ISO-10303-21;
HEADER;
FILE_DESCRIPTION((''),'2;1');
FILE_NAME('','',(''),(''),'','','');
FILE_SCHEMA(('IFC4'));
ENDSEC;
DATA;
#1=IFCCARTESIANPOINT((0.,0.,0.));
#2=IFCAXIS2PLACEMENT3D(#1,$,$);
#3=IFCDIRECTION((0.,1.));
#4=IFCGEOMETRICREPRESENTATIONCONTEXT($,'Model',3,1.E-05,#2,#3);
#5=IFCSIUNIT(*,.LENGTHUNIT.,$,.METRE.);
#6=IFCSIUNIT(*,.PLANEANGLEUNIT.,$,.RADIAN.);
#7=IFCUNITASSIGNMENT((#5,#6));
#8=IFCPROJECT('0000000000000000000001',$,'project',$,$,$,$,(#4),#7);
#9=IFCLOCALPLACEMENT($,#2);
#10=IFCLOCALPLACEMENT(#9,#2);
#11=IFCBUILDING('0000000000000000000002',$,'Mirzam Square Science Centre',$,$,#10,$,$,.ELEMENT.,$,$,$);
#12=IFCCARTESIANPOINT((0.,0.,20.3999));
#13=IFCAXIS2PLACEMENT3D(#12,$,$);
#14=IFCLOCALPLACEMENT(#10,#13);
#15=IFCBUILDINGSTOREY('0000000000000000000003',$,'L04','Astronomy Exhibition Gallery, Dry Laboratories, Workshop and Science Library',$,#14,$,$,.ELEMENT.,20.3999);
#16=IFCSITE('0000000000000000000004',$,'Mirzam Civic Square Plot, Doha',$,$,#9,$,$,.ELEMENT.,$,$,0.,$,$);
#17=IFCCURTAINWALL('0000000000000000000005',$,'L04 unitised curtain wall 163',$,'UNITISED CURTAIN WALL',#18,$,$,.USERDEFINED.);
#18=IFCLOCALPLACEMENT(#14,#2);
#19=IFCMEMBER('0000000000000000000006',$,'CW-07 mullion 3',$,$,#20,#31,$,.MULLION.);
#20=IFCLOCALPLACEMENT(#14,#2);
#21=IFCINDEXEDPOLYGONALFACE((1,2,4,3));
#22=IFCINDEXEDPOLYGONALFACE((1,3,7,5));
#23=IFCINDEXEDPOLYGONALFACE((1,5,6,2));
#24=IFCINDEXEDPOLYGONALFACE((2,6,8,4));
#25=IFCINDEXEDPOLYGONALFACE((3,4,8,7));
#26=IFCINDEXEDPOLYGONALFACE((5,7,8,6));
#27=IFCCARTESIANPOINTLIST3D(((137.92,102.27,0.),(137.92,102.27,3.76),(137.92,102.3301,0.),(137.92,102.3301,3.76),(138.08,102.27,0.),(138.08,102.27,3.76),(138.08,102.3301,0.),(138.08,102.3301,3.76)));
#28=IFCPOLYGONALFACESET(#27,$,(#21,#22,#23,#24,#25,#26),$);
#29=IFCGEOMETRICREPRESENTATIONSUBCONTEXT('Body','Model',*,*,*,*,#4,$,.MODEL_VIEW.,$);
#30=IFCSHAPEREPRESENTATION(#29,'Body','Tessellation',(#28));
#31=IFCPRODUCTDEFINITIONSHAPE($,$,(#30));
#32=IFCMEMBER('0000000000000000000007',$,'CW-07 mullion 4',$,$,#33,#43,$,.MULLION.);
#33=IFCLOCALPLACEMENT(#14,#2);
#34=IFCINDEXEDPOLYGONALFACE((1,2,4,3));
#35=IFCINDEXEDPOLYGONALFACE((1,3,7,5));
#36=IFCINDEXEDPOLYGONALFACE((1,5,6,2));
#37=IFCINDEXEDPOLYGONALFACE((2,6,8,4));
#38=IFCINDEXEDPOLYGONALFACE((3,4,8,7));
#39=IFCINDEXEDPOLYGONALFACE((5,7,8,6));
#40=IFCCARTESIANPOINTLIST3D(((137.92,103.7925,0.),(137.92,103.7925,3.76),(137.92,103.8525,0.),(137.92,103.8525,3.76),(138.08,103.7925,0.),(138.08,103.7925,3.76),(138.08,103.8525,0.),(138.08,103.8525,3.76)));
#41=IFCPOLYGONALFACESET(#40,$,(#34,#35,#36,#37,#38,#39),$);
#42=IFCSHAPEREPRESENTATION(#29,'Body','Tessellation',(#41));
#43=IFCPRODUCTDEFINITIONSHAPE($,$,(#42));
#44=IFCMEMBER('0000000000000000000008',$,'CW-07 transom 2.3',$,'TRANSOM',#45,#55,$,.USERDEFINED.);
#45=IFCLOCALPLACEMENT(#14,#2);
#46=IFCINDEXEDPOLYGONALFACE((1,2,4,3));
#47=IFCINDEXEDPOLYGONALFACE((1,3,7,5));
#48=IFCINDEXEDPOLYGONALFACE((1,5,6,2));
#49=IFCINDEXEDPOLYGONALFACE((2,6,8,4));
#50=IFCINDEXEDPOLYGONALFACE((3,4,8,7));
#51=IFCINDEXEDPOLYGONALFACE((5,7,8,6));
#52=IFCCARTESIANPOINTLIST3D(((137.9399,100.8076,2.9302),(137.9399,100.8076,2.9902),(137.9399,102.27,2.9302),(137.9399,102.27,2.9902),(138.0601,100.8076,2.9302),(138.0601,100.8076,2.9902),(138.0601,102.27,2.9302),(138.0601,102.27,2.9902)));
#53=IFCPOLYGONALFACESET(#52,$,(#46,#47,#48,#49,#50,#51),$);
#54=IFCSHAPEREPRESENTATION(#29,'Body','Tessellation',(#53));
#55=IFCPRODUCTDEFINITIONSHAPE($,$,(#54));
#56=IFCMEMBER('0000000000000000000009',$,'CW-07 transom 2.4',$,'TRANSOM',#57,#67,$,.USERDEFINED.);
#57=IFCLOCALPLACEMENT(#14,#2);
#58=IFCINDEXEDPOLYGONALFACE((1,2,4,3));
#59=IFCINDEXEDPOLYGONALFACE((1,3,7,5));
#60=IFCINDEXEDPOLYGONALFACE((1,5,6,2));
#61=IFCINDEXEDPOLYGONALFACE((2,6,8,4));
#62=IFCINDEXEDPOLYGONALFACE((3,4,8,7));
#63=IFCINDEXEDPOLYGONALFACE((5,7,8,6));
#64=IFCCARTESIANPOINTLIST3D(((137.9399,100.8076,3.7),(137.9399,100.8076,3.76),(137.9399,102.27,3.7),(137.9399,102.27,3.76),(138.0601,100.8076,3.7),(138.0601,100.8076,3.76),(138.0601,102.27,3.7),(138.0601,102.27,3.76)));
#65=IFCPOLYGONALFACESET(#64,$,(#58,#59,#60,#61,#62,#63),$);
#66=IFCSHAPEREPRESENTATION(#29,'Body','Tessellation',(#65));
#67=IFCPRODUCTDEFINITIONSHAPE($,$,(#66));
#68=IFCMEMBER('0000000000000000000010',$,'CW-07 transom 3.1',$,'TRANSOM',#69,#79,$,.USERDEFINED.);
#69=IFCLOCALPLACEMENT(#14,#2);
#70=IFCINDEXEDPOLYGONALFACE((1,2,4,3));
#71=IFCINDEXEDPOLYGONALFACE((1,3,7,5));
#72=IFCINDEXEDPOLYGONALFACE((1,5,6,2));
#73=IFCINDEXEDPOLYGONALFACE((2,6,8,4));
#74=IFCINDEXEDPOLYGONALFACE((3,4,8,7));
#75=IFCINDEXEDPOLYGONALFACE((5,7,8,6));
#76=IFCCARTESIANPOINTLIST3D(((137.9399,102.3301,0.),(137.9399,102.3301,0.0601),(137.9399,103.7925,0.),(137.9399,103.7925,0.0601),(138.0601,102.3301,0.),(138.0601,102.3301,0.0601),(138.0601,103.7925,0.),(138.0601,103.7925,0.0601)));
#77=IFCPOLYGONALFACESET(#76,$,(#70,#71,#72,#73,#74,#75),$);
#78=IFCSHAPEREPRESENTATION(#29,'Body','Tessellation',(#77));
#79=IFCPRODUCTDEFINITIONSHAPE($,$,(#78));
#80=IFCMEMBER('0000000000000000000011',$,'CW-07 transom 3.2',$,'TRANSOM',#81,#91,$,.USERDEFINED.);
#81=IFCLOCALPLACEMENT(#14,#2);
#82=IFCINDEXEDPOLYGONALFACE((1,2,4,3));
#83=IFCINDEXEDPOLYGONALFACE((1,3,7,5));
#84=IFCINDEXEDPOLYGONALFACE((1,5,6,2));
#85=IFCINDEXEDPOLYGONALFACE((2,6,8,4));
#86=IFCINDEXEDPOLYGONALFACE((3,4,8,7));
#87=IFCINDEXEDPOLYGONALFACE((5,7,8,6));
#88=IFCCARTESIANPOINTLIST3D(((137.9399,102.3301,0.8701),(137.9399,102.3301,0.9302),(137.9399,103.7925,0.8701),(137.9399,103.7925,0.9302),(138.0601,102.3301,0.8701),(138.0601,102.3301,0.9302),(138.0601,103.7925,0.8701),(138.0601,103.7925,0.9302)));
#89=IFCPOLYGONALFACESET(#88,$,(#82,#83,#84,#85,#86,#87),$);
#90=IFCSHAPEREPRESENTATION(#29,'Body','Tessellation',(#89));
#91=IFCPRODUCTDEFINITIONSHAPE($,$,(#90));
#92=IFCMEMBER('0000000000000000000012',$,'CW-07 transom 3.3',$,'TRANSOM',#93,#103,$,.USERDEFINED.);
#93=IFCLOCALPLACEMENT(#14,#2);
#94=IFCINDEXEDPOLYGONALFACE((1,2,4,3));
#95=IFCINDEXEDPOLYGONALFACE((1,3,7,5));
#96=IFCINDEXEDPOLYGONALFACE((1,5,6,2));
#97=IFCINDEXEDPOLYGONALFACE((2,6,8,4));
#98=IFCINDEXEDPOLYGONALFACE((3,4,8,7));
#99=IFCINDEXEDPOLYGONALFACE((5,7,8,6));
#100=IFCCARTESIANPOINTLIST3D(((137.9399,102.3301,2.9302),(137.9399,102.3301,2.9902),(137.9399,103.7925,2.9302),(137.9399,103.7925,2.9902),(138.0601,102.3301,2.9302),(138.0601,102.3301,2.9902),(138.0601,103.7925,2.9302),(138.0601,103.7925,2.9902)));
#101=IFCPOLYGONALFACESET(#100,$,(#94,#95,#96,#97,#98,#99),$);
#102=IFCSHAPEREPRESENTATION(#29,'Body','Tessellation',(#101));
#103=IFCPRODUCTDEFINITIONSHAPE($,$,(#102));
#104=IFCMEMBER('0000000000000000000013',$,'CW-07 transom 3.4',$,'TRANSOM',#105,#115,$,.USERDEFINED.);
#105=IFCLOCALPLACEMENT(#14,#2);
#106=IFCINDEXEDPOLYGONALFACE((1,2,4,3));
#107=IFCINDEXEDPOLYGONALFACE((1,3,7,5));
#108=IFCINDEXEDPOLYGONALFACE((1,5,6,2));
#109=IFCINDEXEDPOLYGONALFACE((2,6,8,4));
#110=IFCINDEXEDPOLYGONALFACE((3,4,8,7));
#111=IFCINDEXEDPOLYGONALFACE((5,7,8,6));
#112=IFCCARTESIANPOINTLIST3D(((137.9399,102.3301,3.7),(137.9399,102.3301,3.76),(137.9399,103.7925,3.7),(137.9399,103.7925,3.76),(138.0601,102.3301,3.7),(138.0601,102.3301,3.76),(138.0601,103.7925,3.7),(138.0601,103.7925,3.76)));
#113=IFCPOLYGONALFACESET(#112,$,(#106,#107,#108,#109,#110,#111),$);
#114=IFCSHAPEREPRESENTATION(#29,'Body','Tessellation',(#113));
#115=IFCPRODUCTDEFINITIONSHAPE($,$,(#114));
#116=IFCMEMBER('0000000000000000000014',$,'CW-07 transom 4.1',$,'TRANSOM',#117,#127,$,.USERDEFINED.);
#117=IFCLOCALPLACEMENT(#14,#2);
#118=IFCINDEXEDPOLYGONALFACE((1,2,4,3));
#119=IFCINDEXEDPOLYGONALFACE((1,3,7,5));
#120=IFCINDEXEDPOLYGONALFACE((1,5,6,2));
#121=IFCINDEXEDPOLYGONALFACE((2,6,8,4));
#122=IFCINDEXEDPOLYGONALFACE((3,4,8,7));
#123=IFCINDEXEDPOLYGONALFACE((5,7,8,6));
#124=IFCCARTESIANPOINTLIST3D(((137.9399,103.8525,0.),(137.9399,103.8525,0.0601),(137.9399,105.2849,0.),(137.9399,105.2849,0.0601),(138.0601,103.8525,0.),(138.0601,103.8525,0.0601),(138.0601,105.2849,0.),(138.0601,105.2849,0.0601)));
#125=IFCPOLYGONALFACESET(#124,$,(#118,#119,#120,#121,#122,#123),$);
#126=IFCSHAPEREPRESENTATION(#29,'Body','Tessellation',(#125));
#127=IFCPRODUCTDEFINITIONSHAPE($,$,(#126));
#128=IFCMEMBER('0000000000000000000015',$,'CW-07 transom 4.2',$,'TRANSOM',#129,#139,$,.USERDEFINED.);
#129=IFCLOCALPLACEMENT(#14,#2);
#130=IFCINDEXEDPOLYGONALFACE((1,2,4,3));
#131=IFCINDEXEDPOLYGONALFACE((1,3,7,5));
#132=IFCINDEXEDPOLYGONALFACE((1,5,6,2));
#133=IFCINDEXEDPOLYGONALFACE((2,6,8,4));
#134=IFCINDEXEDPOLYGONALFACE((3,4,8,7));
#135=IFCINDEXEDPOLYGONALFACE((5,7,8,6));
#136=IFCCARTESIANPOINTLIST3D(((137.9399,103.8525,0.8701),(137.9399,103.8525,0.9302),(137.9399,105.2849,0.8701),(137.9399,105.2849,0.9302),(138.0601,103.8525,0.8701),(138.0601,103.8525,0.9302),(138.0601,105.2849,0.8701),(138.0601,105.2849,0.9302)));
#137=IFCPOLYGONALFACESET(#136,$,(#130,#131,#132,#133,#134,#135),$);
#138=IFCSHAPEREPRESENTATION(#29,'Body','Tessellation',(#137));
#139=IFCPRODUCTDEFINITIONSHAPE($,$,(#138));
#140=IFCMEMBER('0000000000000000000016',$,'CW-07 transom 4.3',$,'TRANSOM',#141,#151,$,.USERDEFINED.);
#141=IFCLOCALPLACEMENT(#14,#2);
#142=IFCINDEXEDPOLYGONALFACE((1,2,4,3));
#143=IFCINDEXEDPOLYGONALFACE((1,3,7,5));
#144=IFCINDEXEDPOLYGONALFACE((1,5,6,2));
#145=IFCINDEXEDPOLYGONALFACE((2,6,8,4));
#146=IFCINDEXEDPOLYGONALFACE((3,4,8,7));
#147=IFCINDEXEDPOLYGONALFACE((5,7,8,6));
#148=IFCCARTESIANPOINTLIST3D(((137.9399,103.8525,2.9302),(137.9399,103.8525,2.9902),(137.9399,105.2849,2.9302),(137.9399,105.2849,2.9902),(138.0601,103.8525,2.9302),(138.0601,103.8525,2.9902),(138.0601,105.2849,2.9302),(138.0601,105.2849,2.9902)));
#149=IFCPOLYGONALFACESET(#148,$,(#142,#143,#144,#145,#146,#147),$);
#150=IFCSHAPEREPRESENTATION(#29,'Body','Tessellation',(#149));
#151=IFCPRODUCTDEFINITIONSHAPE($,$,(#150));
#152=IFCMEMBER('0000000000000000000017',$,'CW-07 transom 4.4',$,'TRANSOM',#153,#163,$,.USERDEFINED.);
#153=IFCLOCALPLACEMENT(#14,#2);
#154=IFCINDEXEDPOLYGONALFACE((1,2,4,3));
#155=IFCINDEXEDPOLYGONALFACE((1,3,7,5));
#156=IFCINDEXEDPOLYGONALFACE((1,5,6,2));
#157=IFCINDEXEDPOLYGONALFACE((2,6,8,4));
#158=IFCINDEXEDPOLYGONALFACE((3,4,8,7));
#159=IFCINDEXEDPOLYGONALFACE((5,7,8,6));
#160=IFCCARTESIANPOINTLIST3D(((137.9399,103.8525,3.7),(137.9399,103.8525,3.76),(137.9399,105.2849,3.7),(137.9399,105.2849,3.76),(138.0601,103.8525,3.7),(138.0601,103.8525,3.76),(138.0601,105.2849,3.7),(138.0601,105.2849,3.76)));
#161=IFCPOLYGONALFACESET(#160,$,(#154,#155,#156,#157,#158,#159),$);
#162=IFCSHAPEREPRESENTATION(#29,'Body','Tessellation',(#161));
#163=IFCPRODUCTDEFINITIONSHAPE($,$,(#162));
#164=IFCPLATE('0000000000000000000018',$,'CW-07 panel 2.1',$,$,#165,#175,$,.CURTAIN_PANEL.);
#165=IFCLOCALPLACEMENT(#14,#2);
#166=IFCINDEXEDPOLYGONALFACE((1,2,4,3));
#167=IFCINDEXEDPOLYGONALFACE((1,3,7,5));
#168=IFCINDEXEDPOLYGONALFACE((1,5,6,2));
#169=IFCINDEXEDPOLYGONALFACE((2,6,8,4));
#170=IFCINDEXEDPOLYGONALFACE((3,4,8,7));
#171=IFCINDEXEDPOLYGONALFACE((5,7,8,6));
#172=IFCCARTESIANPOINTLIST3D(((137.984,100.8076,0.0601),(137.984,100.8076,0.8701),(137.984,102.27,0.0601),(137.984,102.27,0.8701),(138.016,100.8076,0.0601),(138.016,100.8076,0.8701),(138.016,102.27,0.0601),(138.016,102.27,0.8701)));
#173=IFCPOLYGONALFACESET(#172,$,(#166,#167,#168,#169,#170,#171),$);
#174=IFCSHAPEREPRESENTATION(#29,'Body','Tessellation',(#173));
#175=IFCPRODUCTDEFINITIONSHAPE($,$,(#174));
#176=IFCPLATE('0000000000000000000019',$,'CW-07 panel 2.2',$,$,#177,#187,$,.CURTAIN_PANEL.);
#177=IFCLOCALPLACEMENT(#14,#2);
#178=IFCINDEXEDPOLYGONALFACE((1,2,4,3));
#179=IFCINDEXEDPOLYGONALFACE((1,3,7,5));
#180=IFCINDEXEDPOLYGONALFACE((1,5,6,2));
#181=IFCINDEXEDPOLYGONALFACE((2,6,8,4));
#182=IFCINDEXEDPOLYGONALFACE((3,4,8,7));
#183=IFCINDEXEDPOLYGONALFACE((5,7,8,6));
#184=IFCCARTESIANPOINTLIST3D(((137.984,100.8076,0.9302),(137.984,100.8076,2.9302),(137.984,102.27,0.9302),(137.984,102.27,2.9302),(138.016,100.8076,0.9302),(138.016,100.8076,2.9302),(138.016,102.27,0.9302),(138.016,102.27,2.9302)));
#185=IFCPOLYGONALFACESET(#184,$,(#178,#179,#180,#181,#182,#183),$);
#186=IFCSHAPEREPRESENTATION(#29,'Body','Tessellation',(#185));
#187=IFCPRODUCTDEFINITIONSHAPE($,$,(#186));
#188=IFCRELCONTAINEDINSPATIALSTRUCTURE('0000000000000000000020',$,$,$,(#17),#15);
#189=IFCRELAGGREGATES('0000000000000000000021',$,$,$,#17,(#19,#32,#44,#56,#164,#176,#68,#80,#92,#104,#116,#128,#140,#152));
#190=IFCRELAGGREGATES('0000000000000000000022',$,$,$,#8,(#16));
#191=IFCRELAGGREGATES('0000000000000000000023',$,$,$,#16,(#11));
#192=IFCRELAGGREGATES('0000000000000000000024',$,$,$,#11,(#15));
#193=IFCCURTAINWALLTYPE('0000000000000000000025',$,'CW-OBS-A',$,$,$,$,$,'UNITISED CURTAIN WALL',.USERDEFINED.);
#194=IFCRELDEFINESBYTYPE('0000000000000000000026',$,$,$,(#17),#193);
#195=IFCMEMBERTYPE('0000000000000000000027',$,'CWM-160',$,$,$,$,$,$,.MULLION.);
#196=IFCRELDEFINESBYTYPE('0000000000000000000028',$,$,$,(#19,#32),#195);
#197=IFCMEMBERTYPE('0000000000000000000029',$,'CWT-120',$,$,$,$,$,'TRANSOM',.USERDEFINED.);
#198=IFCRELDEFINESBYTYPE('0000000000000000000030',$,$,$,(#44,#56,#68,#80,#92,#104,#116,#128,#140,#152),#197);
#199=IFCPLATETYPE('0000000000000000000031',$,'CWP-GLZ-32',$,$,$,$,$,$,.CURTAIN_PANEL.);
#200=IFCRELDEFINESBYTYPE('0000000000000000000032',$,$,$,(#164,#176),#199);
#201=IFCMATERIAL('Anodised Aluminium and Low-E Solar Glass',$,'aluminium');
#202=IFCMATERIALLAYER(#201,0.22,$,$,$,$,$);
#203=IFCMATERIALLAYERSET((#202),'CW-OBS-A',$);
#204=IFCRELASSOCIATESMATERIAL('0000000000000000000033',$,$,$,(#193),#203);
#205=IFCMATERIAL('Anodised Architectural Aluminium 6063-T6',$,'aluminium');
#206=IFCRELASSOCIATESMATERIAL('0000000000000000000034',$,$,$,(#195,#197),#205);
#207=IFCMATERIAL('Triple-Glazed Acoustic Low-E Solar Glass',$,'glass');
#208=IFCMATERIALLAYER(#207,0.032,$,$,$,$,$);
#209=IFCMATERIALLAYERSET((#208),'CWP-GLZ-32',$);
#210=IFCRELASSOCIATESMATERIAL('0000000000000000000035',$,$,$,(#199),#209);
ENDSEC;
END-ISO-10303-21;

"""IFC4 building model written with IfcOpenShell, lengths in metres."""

from ifc_helpers import new_model, si_unit, direction, frame, origin, origin_2d, place, context, subcontext, project, spatial, rectangle, extrude, material, layer, layer_set, material_profile, profile_set, type_object, element, aggregate, save


model = new_model("IFC4")

# Units and contexts
model_context = context("Model", 3, precision=1e-05, world=origin(), true_north=direction((0.0, 1.0)))
body_context = subcontext(model_context, "Body", "Model", "MODEL_VIEW")
ifc_project = project(units=[si_unit("LENGTHUNIT", "METRE"), si_unit("PLANEANGLEUNIT", "RADIAN")], contexts=[model_context])

# Site, building, storey
site_placement = place(None, origin())
site = spatial("IfcSite", under=ifc_project, at=site_placement, Name="Mirzam Civic Square Plot, Doha", CompositionType="ELEMENT", RefElevation=0.0)
building_placement = place(site_placement, origin())
building = spatial("IfcBuilding", under=site, at=building_placement, Name="Mirzam Square Science Centre", CompositionType="ELEMENT")
storey_placement = place(building_placement, frame((0.0, 0.0, 20.3999)))
storey = spatial("IfcBuildingStorey", under=building, at=storey_placement, Name="L04", Description="Astronomy Exhibition Gallery, Dry Laboratories, Workshop and Science Library", CompositionType="ELEMENT", Elevation=20.3999)

# Curtain wall, members, plates
ifc_material_1 = material(Name="Anodised Aluminium and Low-E Solar Glass", Category="aluminium")
ifc_layer_1 = layer(ifc_material_1, 0.22)
ifc_layer_set_1 = layer_set([ifc_layer_1], Name="CW-OBS-A")
curtain_wall_type = type_object("IfcCurtainWallType", Name="CW-OBS-A", ElementType="UNITISED CURTAIN WALL", PredefinedType="USERDEFINED", material=ifc_layer_set_1)
curtain_wall_placement = place(storey_placement, origin())
curtain_wall = element("IfcCurtainWall", 1, at=curtain_wall_placement, inside=storey, type_object=curtain_wall_type, Name="L04 unitised curtain wall 163", ObjectType="UNITISED CURTAIN WALL", PredefinedType="USERDEFINED")
ifc_material_2 = material(Name="Anodised Architectural Aluminium 6063-T6", Category="aluminium")
ifc_material_profile_1 = material_profile(ifc_material_2, rectangle(XDim=0.0601, YDim=0.1599, at=origin_2d()), Name="ALU-MULL-160x60x4")
ifc_profile_set_1 = profile_set([ifc_material_profile_1], Name="Anodised Architectural Aluminium 6063-T6")
member_type_1 = type_object("IfcMemberType", Name="CWM-160", PredefinedType="MULLION", material=ifc_profile_set_1)
member_1_placement = place(storey_placement, frame((138.0, 102.3, 0.0), z_axis=(0.0, 0.0, 1.0), x_axis=(0.0, 1.0, 0.0)))
member_1 = element("IfcMember", 2, at=member_1_placement, type_object=member_type_1, Name="CW-07 mullion 3", PredefinedType="MULLION", context=body_context, shape_type="SweptSolid", body=[
    extrude(rectangle(XDim=0.0601, YDim=0.1599, at=origin_2d()), origin(), (0.0, 0.0, 1.0), 3.76),
])
member_2_placement = place(storey_placement, frame((138.0, 103.8225, 0.0), z_axis=(0.0, 0.0, 1.0), x_axis=(0.0, 1.0, 0.0)))
member_2 = element("IfcMember", 3, at=member_2_placement, type_object=member_type_1, Name="CW-07 mullion 4", PredefinedType="MULLION", context=body_context, shape_type="SweptSolid", body=[
    extrude(rectangle(XDim=0.0601, YDim=0.1599, at=origin_2d()), origin(), (0.0, 0.0, 1.0), 3.76),
])
ifc_material_profile_2 = material_profile(ifc_material_2, rectangle(XDim=0.1201, YDim=0.0601, at=origin_2d()), Name="ALU-TRAN-120x60x4")
ifc_profile_set_2 = profile_set([ifc_material_profile_2], Name="Anodised Architectural Aluminium 6063-T6")
member_type_2 = type_object("IfcMemberType", Name="CWT-120", ElementType="TRANSOM", PredefinedType="USERDEFINED", material=ifc_profile_set_2)
member_3_placement = place(storey_placement, frame((138.0, 100.8076, 2.9602), z_axis=(0.0, 1.0, 0.0), x_axis=(-1.0, 0.0, 0.0)))
member_3 = element("IfcMember", 4, at=member_3_placement, type_object=member_type_2, Name="CW-07 transom 2.3", ObjectType="TRANSOM", PredefinedType="USERDEFINED", context=body_context, shape_type="SweptSolid", body=[
    extrude(rectangle(XDim=0.1201, YDim=0.0601, at=origin_2d()), origin(), (0.0, 0.0, 1.0), 1.4624),
])
member_4_placement = place(storey_placement, frame((138.0, 100.8076, 3.73), z_axis=(0.0, 1.0, 0.0), x_axis=(-1.0, 0.0, 0.0)))
member_4 = element("IfcMember", 5, at=member_4_placement, type_object=member_type_2, Name="CW-07 transom 2.4", ObjectType="TRANSOM", PredefinedType="USERDEFINED", context=body_context, shape_type="SweptSolid", body=[
    extrude(rectangle(XDim=0.1201, YDim=0.0601, at=origin_2d()), origin(), (0.0, 0.0, 1.0), 1.4624),
])
member_5_placement = place(storey_placement, frame((138.0, 102.3301, 0.03), z_axis=(0.0, 1.0, 0.0), x_axis=(-1.0, 0.0, 0.0)))
member_5 = element("IfcMember", 6, at=member_5_placement, type_object=member_type_2, Name="CW-07 transom 3.1", ObjectType="TRANSOM", PredefinedType="USERDEFINED", context=body_context, shape_type="SweptSolid", body=[
    extrude(rectangle(XDim=0.1201, YDim=0.0601, at=origin_2d()), origin(), (0.0, 0.0, 1.0), 1.4624),
])
member_6_placement = place(storey_placement, frame((138.0, 102.3301, 0.9001), z_axis=(0.0, 1.0, 0.0), x_axis=(-1.0, 0.0, 0.0)))
member_6 = element("IfcMember", 7, at=member_6_placement, type_object=member_type_2, Name="CW-07 transom 3.2", ObjectType="TRANSOM", PredefinedType="USERDEFINED", context=body_context, shape_type="SweptSolid", body=[
    extrude(rectangle(XDim=0.1201, YDim=0.0601, at=origin_2d()), origin(), (0.0, 0.0, 1.0), 1.4624),
])
member_7_placement = place(storey_placement, frame((138.0, 102.3301, 2.9602), z_axis=(0.0, 1.0, 0.0), x_axis=(-1.0, 0.0, 0.0)))
member_7 = element("IfcMember", 8, at=member_7_placement, type_object=member_type_2, Name="CW-07 transom 3.3", ObjectType="TRANSOM", PredefinedType="USERDEFINED", context=body_context, shape_type="SweptSolid", body=[
    extrude(rectangle(XDim=0.1201, YDim=0.0601, at=origin_2d()), origin(), (0.0, 0.0, 1.0), 1.4624),
])
member_8_placement = place(storey_placement, frame((138.0, 102.3301, 3.73), z_axis=(0.0, 1.0, 0.0), x_axis=(-1.0, 0.0, 0.0)))
member_8 = element("IfcMember", 9, at=member_8_placement, type_object=member_type_2, Name="CW-07 transom 3.4", ObjectType="TRANSOM", PredefinedType="USERDEFINED", context=body_context, shape_type="SweptSolid", body=[
    extrude(rectangle(XDim=0.1201, YDim=0.0601, at=origin_2d()), origin(), (0.0, 0.0, 1.0), 1.4624),
])
member_9_placement = place(storey_placement, frame((138.0, 103.8525, 0.03), z_axis=(0.0, 1.0, 0.0), x_axis=(-1.0, 0.0, 0.0)))
member_9 = element("IfcMember", 10, at=member_9_placement, type_object=member_type_2, Name="CW-07 transom 4.1", ObjectType="TRANSOM", PredefinedType="USERDEFINED", context=body_context, shape_type="SweptSolid", body=[
    extrude(rectangle(XDim=0.1201, YDim=0.0601, at=origin_2d()), origin(), (0.0, 0.0, 1.0), 1.4324),
])
member_10_placement = place(storey_placement, frame((138.0, 103.8525, 0.9001), z_axis=(0.0, 1.0, 0.0), x_axis=(-1.0, 0.0, 0.0)))
member_10 = element("IfcMember", 11, at=member_10_placement, type_object=member_type_2, Name="CW-07 transom 4.2", ObjectType="TRANSOM", PredefinedType="USERDEFINED", context=body_context, shape_type="SweptSolid", body=[
    extrude(rectangle(XDim=0.1201, YDim=0.0601, at=origin_2d()), origin(), (0.0, 0.0, 1.0), 1.4324),
])
member_11_placement = place(storey_placement, frame((138.0, 103.8525, 2.9602), z_axis=(0.0, 1.0, 0.0), x_axis=(-1.0, 0.0, 0.0)))
member_11 = element("IfcMember", 12, at=member_11_placement, type_object=member_type_2, Name="CW-07 transom 4.3", ObjectType="TRANSOM", PredefinedType="USERDEFINED", context=body_context, shape_type="SweptSolid", body=[
    extrude(rectangle(XDim=0.1201, YDim=0.0601, at=origin_2d()), origin(), (0.0, 0.0, 1.0), 1.4324),
])
member_12_placement = place(storey_placement, frame((138.0, 103.8525, 3.73), z_axis=(0.0, 1.0, 0.0), x_axis=(-1.0, 0.0, 0.0)))
member_12 = element("IfcMember", 13, at=member_12_placement, type_object=member_type_2, Name="CW-07 transom 4.4", ObjectType="TRANSOM", PredefinedType="USERDEFINED", context=body_context, shape_type="SweptSolid", body=[
    extrude(rectangle(XDim=0.1201, YDim=0.0601, at=origin_2d()), origin(), (0.0, 0.0, 1.0), 1.4324),
])
ifc_material_3 = material(Name="Triple-Glazed Acoustic Low-E Solar Glass", Category="glass")
ifc_layer_2 = layer(ifc_material_3, 0.032)
ifc_layer_set_2 = layer_set([ifc_layer_2], Name="CWP-GLZ-32")
plate_type = type_object("IfcPlateType", Name="CWP-GLZ-32", PredefinedType="CURTAIN_PANEL", material=ifc_layer_set_2)
plate_1_placement = place(storey_placement, frame((138.0, 101.5388, 0.0601), z_axis=(0.0, 0.0, 1.0), x_axis=(0.0, 1.0, 0.0)))
plate_1 = element("IfcPlate", 14, at=plate_1_placement, type_object=plate_type, Name="CW-07 panel 2.1", PredefinedType="CURTAIN_PANEL", context=body_context, shape_type="SweptSolid", body=[
    extrude(rectangle(XDim=1.4624, YDim=0.032, at=origin_2d()), origin(), (0.0, 0.0, 1.0), 0.8101),
])
plate_2_placement = place(storey_placement, frame((138.0, 101.5388, 0.9302), z_axis=(0.0, 0.0, 1.0), x_axis=(0.0, 1.0, 0.0)))
plate_2 = element("IfcPlate", 15, at=plate_2_placement, type_object=plate_type, Name="CW-07 panel 2.2", PredefinedType="CURTAIN_PANEL", context=body_context, shape_type="SweptSolid", body=[
    extrude(rectangle(XDim=1.4624, YDim=0.032, at=origin_2d()), origin(), (0.0, 0.0, 1.0), 2.0),
])
aggregate(curtain_wall, [member_1, member_2, member_3, member_4, plate_1, plate_2, member_5, member_6, member_7, member_8, member_9, member_10, member_11, member_12])

save(model, "model.ifc")
